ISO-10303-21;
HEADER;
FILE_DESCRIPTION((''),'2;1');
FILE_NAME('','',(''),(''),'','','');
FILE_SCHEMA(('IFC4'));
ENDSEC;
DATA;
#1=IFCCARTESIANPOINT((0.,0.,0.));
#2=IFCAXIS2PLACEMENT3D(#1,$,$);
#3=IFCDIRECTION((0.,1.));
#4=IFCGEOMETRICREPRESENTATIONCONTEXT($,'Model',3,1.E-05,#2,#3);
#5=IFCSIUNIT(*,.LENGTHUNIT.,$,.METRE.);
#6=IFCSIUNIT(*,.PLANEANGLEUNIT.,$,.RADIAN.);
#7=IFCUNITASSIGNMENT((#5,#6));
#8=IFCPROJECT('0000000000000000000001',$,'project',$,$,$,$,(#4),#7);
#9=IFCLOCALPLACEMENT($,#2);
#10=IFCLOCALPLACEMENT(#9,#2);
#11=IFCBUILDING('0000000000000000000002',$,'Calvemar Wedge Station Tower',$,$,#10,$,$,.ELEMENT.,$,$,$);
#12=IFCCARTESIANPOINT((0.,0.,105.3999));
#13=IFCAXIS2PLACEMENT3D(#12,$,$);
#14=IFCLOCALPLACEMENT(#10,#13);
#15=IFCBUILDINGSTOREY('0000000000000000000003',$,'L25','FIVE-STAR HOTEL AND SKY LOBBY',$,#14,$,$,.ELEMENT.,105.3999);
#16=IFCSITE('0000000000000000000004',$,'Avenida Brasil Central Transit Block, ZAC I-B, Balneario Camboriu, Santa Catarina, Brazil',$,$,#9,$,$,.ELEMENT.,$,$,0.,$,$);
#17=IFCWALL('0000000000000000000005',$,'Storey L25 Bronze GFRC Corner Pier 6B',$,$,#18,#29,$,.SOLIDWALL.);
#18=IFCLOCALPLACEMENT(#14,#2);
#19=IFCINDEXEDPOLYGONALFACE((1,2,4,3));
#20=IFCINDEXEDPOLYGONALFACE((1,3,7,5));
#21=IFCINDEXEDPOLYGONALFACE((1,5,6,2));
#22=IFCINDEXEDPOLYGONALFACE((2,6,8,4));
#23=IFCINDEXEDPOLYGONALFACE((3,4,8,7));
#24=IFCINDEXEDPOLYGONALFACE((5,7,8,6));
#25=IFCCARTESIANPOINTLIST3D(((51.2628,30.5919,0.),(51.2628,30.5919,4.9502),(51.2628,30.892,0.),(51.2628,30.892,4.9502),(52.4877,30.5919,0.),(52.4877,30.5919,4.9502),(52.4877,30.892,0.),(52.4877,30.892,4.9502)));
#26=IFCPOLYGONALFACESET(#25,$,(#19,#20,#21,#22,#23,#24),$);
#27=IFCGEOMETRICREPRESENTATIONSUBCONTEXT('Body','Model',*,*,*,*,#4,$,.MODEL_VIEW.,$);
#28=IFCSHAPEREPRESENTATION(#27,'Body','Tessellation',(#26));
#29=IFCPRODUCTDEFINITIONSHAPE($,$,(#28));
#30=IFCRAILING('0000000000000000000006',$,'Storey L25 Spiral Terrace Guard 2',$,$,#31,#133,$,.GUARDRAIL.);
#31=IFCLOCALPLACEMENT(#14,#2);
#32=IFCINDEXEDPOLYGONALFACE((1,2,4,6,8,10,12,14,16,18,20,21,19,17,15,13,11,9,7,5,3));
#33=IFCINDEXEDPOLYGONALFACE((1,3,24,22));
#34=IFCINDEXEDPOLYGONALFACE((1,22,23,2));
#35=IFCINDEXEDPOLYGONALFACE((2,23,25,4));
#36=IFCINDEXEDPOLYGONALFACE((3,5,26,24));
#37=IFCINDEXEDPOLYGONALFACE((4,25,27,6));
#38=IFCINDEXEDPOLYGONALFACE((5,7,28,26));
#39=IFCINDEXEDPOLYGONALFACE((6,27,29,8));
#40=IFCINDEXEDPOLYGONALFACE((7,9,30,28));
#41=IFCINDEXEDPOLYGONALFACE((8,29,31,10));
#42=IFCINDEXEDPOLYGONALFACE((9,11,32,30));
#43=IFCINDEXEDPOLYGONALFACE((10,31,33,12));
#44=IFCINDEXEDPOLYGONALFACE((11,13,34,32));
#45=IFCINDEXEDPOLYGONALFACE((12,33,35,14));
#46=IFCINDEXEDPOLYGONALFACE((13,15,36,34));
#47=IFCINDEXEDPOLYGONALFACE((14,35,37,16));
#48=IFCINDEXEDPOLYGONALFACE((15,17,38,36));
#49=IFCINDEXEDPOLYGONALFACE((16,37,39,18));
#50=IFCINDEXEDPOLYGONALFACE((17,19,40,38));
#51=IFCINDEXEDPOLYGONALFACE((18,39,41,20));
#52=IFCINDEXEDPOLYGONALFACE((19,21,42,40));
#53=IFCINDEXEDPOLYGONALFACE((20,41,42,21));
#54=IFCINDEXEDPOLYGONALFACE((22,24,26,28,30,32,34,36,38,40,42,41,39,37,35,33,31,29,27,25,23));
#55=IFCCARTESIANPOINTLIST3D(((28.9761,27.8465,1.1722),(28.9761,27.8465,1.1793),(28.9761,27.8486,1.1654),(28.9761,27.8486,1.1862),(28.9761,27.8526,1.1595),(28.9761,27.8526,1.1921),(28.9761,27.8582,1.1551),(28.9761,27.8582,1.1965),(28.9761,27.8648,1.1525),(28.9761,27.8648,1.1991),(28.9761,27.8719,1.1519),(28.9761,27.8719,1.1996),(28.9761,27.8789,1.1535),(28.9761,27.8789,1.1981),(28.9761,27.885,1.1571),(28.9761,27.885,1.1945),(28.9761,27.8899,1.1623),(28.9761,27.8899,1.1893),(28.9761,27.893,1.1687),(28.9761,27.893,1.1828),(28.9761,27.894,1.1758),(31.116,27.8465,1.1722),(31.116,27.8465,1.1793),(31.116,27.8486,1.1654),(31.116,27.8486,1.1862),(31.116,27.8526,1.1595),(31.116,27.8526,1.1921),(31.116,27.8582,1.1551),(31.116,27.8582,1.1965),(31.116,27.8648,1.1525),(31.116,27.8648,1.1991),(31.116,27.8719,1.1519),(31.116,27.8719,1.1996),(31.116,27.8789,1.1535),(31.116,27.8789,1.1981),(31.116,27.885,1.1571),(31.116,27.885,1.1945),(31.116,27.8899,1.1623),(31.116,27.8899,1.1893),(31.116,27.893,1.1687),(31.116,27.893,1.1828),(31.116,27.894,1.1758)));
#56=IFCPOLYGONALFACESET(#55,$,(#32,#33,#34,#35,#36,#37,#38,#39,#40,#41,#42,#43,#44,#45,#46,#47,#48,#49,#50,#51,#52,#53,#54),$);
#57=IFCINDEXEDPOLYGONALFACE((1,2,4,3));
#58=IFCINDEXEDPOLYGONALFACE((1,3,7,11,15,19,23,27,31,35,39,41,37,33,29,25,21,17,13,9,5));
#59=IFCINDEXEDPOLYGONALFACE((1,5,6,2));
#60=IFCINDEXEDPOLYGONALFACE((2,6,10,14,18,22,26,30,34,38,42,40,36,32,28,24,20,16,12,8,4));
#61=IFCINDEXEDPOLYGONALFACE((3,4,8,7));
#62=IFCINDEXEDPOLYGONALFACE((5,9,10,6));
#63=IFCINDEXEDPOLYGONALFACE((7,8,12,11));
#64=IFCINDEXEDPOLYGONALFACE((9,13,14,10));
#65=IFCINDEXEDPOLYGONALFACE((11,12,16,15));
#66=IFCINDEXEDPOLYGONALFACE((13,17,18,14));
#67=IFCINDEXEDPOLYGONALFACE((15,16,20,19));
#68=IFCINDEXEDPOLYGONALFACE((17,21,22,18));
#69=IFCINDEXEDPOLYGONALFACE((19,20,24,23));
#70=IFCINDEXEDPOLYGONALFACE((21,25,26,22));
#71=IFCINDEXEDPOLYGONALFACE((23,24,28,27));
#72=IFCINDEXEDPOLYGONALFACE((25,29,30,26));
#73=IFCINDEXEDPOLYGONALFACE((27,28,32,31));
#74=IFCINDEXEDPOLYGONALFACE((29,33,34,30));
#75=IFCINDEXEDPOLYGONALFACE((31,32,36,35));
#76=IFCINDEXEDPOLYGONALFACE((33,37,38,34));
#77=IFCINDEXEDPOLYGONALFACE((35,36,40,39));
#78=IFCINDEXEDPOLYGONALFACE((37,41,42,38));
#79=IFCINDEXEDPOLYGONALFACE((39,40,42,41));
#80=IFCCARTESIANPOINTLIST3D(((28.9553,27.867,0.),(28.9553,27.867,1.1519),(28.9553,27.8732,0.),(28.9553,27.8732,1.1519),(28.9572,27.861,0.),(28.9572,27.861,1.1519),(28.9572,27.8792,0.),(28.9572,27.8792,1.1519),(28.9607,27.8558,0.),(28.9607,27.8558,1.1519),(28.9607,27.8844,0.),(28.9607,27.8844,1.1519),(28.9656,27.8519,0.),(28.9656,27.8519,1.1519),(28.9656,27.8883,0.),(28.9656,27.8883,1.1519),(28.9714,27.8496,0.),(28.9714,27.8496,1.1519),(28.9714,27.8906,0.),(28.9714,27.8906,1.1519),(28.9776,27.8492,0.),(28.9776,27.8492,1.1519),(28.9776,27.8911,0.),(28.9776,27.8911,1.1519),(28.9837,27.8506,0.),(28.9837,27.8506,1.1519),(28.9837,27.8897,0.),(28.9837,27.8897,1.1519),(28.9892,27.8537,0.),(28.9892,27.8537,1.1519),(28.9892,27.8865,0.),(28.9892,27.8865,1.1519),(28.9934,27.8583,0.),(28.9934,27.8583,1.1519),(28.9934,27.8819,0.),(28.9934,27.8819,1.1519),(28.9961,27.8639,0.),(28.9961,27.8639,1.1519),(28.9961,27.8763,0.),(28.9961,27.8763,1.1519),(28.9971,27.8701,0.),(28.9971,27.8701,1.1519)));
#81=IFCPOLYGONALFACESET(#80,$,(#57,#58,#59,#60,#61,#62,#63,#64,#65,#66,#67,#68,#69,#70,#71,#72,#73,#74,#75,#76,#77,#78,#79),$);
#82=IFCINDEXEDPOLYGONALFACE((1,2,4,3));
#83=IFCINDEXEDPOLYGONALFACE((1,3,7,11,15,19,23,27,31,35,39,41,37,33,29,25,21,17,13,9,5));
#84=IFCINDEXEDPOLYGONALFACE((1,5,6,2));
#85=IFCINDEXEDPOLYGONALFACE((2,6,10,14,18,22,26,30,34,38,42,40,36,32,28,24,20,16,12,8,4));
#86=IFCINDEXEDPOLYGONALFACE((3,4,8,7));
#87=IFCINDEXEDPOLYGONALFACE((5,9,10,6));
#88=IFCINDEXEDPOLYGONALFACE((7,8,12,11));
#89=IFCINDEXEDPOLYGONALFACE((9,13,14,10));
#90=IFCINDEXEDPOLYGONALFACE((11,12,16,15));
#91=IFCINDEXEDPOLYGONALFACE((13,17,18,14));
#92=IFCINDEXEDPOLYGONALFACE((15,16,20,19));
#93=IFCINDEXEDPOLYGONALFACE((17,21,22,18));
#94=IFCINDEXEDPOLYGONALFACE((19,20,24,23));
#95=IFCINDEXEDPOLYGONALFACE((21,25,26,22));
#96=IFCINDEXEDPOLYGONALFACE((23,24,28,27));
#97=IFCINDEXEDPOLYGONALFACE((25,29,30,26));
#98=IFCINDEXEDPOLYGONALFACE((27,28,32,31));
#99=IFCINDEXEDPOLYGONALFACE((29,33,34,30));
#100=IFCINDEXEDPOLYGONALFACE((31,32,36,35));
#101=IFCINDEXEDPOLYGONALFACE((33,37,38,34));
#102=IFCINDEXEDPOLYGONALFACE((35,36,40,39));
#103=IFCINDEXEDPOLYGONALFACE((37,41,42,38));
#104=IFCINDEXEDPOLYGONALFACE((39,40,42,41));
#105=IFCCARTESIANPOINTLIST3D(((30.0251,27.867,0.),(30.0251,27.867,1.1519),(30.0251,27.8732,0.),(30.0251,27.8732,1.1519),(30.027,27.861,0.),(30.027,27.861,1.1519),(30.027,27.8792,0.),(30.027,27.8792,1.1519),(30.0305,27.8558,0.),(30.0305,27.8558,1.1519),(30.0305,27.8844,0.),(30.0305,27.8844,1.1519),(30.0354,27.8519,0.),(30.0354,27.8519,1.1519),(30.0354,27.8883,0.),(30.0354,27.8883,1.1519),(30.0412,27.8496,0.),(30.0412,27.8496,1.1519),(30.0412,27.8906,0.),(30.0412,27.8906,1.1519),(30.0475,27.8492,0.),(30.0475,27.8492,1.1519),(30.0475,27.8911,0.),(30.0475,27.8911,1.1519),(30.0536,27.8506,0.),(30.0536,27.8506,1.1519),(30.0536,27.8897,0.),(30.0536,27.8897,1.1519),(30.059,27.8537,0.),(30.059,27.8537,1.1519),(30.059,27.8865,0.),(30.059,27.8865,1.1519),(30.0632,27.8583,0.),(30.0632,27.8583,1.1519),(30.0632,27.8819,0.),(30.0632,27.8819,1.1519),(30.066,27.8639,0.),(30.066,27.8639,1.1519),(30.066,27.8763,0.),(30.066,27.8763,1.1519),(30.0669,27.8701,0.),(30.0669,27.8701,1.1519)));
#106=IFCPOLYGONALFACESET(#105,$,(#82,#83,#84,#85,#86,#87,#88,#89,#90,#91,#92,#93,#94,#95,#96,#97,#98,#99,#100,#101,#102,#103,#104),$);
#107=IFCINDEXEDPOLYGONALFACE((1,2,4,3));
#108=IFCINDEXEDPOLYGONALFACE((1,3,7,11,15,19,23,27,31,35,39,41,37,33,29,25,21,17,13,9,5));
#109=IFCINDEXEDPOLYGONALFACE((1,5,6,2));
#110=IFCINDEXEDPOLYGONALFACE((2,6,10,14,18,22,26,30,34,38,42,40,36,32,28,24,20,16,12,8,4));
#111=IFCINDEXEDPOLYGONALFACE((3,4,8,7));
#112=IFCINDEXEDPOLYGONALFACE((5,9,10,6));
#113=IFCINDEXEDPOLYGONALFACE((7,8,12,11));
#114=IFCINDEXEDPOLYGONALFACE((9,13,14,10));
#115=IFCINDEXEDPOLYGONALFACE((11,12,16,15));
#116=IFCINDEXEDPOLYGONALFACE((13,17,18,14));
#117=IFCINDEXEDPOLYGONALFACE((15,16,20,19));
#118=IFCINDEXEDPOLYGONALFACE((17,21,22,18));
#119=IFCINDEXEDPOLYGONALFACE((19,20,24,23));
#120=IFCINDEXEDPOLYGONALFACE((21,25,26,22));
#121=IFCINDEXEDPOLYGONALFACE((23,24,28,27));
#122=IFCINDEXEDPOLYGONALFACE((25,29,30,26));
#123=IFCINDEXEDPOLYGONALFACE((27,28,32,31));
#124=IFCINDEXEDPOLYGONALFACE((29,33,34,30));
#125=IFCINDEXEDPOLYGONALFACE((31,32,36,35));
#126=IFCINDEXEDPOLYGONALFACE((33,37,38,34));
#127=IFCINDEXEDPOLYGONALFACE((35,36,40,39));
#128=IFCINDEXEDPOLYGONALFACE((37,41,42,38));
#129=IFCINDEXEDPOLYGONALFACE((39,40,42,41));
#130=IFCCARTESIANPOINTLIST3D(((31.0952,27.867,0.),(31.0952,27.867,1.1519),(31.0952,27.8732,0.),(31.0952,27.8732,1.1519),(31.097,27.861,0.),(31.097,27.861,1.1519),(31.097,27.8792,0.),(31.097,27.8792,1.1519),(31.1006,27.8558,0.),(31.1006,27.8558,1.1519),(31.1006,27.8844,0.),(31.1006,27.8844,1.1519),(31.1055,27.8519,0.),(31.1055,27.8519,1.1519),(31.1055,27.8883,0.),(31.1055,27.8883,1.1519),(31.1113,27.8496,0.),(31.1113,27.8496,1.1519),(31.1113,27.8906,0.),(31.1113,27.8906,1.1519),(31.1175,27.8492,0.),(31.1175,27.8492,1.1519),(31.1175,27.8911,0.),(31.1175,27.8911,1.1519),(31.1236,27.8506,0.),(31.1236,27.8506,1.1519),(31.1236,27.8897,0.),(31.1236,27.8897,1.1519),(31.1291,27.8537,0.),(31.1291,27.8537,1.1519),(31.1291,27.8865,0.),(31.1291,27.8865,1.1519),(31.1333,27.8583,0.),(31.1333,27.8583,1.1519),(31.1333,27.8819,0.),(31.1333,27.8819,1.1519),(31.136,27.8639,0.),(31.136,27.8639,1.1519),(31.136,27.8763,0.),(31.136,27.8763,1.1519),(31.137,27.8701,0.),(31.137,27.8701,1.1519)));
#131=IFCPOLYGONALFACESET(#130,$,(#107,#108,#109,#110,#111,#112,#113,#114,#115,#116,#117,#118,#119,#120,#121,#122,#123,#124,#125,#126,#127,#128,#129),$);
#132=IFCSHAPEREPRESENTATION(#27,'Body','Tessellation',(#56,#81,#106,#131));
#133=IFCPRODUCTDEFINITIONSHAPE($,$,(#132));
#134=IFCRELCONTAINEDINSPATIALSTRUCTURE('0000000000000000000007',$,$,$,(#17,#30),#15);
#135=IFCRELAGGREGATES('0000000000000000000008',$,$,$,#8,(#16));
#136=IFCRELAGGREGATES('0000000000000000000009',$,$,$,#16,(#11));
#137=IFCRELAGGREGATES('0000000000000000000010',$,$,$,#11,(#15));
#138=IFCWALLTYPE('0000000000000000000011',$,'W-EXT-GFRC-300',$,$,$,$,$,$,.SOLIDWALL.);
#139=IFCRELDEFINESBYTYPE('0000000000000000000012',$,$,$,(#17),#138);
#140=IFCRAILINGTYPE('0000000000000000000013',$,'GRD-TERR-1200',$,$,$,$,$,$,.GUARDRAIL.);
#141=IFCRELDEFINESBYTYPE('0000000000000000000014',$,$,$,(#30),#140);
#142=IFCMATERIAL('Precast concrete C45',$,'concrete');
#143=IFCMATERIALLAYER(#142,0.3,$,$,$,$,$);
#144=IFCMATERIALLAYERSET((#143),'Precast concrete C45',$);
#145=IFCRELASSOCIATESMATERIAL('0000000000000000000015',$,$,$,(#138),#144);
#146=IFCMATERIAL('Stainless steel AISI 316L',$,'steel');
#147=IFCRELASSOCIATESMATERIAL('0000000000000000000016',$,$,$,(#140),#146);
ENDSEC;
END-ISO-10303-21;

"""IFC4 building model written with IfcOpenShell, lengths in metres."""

from ifc_helpers import new_model, si_unit, direction, frame, frame_2d, origin, origin_2d, place, context, subcontext, project, spatial, rectangle, circle, extrude, material, layer, layer_set, type_object, element, save


model = new_model("IFC4")

# Units and contexts
model_context = context("Model", 3, precision=1e-05, world=origin(), true_north=direction((0.0, 1.0)))
body_context = subcontext(model_context, "Body", "Model", "MODEL_VIEW")
ifc_project = project(units=[si_unit("LENGTHUNIT", "METRE"), si_unit("PLANEANGLEUNIT", "RADIAN")], contexts=[model_context])

# Site, building, storey
site_placement = place(None, origin())
site = spatial("IfcSite", under=ifc_project, at=site_placement, Name="Avenida Brasil Central Transit Block, ZAC I-B, Balneario Camboriu, Santa Catarina, Brazil", CompositionType="ELEMENT", RefElevation=0.0)
building_placement = place(site_placement, origin())
building = spatial("IfcBuilding", under=site, at=building_placement, Name="Calvemar Wedge Station Tower", CompositionType="ELEMENT")
storey_placement = place(building_placement, frame((0.0, 0.0, 105.3999)))
storey = spatial("IfcBuildingStorey", under=building, at=storey_placement, Name="L25", Description="FIVE-STAR HOTEL AND SKY LOBBY", CompositionType="ELEMENT", Elevation=105.3999)

# Shared definitions
ifc_material_1 = material(Name="Precast concrete C45", Category="concrete")
ifc_layer_1 = layer(ifc_material_1, 0.3)
ifc_layer_set_1 = layer_set([ifc_layer_1], Name="Precast concrete C45")
wall_type = type_object("IfcWallType", Name="W-EXT-GFRC-300", PredefinedType="SOLIDWALL", material=ifc_layer_set_1)

# Wall
wall_1_placement = place(storey_placement, frame((51.2629, 30.7419, 0.0), z_axis=(0.0, 0.0, 1.0), x_axis=(1.0, 0.0, 0.0)))
element("IfcWall", 1, at=wall_1_placement, inside=storey, type_object=wall_type, Name="Storey L25 Bronze GFRC Corner Pier 6B", PredefinedType="SOLIDWALL", context=body_context, shape_type="SweptSolid", body=[
    extrude(rectangle(XDim=1.2249, YDim=0.3, at=frame_2d((0.6123, 0.0))), origin(), (0.0, 0.0, 1.0), 4.9502),
])

# Railing
ifc_material_2 = material(Name="Stainless steel AISI 316L", Category="steel")
railing_type = type_object("IfcRailingType", Name="GRD-TERR-1200", PredefinedType="GUARDRAIL", material=ifc_material_2)
railing_1_placement = place(storey_placement, frame((28.9761, 27.8701, 0.0)))
element("IfcRailing", 2, at=railing_1_placement, inside=storey, type_object=railing_type, Name="Storey L25 Spiral Terrace Guard 2", PredefinedType="GUARDRAIL", context=body_context, shape_type="SweptSolid", body=[
    extrude(circle(Radius=0.0239, at=origin_2d()), frame((0.0, 0.0, 1.1758), z_axis=(1.0, 0.0, 0.0), x_axis=(0.0, 1.0, 0.0)), (0.0, 0.0, 1.0), 2.1399),
    extrude(circle(Radius=0.021, at=origin_2d()), origin(), (0.0, 0.0, 1.0), 1.1519),
    extrude(circle(Radius=0.021, at=origin_2d()), frame((1.0698, 0.0, 0.0)), (0.0, 0.0, 1.0), 1.1519),
    extrude(circle(Radius=0.021, at=origin_2d()), frame((2.1399, 0.0, 0.0)), (0.0, 0.0, 1.0), 1.1519),
])

save(model, "model.ifc")
